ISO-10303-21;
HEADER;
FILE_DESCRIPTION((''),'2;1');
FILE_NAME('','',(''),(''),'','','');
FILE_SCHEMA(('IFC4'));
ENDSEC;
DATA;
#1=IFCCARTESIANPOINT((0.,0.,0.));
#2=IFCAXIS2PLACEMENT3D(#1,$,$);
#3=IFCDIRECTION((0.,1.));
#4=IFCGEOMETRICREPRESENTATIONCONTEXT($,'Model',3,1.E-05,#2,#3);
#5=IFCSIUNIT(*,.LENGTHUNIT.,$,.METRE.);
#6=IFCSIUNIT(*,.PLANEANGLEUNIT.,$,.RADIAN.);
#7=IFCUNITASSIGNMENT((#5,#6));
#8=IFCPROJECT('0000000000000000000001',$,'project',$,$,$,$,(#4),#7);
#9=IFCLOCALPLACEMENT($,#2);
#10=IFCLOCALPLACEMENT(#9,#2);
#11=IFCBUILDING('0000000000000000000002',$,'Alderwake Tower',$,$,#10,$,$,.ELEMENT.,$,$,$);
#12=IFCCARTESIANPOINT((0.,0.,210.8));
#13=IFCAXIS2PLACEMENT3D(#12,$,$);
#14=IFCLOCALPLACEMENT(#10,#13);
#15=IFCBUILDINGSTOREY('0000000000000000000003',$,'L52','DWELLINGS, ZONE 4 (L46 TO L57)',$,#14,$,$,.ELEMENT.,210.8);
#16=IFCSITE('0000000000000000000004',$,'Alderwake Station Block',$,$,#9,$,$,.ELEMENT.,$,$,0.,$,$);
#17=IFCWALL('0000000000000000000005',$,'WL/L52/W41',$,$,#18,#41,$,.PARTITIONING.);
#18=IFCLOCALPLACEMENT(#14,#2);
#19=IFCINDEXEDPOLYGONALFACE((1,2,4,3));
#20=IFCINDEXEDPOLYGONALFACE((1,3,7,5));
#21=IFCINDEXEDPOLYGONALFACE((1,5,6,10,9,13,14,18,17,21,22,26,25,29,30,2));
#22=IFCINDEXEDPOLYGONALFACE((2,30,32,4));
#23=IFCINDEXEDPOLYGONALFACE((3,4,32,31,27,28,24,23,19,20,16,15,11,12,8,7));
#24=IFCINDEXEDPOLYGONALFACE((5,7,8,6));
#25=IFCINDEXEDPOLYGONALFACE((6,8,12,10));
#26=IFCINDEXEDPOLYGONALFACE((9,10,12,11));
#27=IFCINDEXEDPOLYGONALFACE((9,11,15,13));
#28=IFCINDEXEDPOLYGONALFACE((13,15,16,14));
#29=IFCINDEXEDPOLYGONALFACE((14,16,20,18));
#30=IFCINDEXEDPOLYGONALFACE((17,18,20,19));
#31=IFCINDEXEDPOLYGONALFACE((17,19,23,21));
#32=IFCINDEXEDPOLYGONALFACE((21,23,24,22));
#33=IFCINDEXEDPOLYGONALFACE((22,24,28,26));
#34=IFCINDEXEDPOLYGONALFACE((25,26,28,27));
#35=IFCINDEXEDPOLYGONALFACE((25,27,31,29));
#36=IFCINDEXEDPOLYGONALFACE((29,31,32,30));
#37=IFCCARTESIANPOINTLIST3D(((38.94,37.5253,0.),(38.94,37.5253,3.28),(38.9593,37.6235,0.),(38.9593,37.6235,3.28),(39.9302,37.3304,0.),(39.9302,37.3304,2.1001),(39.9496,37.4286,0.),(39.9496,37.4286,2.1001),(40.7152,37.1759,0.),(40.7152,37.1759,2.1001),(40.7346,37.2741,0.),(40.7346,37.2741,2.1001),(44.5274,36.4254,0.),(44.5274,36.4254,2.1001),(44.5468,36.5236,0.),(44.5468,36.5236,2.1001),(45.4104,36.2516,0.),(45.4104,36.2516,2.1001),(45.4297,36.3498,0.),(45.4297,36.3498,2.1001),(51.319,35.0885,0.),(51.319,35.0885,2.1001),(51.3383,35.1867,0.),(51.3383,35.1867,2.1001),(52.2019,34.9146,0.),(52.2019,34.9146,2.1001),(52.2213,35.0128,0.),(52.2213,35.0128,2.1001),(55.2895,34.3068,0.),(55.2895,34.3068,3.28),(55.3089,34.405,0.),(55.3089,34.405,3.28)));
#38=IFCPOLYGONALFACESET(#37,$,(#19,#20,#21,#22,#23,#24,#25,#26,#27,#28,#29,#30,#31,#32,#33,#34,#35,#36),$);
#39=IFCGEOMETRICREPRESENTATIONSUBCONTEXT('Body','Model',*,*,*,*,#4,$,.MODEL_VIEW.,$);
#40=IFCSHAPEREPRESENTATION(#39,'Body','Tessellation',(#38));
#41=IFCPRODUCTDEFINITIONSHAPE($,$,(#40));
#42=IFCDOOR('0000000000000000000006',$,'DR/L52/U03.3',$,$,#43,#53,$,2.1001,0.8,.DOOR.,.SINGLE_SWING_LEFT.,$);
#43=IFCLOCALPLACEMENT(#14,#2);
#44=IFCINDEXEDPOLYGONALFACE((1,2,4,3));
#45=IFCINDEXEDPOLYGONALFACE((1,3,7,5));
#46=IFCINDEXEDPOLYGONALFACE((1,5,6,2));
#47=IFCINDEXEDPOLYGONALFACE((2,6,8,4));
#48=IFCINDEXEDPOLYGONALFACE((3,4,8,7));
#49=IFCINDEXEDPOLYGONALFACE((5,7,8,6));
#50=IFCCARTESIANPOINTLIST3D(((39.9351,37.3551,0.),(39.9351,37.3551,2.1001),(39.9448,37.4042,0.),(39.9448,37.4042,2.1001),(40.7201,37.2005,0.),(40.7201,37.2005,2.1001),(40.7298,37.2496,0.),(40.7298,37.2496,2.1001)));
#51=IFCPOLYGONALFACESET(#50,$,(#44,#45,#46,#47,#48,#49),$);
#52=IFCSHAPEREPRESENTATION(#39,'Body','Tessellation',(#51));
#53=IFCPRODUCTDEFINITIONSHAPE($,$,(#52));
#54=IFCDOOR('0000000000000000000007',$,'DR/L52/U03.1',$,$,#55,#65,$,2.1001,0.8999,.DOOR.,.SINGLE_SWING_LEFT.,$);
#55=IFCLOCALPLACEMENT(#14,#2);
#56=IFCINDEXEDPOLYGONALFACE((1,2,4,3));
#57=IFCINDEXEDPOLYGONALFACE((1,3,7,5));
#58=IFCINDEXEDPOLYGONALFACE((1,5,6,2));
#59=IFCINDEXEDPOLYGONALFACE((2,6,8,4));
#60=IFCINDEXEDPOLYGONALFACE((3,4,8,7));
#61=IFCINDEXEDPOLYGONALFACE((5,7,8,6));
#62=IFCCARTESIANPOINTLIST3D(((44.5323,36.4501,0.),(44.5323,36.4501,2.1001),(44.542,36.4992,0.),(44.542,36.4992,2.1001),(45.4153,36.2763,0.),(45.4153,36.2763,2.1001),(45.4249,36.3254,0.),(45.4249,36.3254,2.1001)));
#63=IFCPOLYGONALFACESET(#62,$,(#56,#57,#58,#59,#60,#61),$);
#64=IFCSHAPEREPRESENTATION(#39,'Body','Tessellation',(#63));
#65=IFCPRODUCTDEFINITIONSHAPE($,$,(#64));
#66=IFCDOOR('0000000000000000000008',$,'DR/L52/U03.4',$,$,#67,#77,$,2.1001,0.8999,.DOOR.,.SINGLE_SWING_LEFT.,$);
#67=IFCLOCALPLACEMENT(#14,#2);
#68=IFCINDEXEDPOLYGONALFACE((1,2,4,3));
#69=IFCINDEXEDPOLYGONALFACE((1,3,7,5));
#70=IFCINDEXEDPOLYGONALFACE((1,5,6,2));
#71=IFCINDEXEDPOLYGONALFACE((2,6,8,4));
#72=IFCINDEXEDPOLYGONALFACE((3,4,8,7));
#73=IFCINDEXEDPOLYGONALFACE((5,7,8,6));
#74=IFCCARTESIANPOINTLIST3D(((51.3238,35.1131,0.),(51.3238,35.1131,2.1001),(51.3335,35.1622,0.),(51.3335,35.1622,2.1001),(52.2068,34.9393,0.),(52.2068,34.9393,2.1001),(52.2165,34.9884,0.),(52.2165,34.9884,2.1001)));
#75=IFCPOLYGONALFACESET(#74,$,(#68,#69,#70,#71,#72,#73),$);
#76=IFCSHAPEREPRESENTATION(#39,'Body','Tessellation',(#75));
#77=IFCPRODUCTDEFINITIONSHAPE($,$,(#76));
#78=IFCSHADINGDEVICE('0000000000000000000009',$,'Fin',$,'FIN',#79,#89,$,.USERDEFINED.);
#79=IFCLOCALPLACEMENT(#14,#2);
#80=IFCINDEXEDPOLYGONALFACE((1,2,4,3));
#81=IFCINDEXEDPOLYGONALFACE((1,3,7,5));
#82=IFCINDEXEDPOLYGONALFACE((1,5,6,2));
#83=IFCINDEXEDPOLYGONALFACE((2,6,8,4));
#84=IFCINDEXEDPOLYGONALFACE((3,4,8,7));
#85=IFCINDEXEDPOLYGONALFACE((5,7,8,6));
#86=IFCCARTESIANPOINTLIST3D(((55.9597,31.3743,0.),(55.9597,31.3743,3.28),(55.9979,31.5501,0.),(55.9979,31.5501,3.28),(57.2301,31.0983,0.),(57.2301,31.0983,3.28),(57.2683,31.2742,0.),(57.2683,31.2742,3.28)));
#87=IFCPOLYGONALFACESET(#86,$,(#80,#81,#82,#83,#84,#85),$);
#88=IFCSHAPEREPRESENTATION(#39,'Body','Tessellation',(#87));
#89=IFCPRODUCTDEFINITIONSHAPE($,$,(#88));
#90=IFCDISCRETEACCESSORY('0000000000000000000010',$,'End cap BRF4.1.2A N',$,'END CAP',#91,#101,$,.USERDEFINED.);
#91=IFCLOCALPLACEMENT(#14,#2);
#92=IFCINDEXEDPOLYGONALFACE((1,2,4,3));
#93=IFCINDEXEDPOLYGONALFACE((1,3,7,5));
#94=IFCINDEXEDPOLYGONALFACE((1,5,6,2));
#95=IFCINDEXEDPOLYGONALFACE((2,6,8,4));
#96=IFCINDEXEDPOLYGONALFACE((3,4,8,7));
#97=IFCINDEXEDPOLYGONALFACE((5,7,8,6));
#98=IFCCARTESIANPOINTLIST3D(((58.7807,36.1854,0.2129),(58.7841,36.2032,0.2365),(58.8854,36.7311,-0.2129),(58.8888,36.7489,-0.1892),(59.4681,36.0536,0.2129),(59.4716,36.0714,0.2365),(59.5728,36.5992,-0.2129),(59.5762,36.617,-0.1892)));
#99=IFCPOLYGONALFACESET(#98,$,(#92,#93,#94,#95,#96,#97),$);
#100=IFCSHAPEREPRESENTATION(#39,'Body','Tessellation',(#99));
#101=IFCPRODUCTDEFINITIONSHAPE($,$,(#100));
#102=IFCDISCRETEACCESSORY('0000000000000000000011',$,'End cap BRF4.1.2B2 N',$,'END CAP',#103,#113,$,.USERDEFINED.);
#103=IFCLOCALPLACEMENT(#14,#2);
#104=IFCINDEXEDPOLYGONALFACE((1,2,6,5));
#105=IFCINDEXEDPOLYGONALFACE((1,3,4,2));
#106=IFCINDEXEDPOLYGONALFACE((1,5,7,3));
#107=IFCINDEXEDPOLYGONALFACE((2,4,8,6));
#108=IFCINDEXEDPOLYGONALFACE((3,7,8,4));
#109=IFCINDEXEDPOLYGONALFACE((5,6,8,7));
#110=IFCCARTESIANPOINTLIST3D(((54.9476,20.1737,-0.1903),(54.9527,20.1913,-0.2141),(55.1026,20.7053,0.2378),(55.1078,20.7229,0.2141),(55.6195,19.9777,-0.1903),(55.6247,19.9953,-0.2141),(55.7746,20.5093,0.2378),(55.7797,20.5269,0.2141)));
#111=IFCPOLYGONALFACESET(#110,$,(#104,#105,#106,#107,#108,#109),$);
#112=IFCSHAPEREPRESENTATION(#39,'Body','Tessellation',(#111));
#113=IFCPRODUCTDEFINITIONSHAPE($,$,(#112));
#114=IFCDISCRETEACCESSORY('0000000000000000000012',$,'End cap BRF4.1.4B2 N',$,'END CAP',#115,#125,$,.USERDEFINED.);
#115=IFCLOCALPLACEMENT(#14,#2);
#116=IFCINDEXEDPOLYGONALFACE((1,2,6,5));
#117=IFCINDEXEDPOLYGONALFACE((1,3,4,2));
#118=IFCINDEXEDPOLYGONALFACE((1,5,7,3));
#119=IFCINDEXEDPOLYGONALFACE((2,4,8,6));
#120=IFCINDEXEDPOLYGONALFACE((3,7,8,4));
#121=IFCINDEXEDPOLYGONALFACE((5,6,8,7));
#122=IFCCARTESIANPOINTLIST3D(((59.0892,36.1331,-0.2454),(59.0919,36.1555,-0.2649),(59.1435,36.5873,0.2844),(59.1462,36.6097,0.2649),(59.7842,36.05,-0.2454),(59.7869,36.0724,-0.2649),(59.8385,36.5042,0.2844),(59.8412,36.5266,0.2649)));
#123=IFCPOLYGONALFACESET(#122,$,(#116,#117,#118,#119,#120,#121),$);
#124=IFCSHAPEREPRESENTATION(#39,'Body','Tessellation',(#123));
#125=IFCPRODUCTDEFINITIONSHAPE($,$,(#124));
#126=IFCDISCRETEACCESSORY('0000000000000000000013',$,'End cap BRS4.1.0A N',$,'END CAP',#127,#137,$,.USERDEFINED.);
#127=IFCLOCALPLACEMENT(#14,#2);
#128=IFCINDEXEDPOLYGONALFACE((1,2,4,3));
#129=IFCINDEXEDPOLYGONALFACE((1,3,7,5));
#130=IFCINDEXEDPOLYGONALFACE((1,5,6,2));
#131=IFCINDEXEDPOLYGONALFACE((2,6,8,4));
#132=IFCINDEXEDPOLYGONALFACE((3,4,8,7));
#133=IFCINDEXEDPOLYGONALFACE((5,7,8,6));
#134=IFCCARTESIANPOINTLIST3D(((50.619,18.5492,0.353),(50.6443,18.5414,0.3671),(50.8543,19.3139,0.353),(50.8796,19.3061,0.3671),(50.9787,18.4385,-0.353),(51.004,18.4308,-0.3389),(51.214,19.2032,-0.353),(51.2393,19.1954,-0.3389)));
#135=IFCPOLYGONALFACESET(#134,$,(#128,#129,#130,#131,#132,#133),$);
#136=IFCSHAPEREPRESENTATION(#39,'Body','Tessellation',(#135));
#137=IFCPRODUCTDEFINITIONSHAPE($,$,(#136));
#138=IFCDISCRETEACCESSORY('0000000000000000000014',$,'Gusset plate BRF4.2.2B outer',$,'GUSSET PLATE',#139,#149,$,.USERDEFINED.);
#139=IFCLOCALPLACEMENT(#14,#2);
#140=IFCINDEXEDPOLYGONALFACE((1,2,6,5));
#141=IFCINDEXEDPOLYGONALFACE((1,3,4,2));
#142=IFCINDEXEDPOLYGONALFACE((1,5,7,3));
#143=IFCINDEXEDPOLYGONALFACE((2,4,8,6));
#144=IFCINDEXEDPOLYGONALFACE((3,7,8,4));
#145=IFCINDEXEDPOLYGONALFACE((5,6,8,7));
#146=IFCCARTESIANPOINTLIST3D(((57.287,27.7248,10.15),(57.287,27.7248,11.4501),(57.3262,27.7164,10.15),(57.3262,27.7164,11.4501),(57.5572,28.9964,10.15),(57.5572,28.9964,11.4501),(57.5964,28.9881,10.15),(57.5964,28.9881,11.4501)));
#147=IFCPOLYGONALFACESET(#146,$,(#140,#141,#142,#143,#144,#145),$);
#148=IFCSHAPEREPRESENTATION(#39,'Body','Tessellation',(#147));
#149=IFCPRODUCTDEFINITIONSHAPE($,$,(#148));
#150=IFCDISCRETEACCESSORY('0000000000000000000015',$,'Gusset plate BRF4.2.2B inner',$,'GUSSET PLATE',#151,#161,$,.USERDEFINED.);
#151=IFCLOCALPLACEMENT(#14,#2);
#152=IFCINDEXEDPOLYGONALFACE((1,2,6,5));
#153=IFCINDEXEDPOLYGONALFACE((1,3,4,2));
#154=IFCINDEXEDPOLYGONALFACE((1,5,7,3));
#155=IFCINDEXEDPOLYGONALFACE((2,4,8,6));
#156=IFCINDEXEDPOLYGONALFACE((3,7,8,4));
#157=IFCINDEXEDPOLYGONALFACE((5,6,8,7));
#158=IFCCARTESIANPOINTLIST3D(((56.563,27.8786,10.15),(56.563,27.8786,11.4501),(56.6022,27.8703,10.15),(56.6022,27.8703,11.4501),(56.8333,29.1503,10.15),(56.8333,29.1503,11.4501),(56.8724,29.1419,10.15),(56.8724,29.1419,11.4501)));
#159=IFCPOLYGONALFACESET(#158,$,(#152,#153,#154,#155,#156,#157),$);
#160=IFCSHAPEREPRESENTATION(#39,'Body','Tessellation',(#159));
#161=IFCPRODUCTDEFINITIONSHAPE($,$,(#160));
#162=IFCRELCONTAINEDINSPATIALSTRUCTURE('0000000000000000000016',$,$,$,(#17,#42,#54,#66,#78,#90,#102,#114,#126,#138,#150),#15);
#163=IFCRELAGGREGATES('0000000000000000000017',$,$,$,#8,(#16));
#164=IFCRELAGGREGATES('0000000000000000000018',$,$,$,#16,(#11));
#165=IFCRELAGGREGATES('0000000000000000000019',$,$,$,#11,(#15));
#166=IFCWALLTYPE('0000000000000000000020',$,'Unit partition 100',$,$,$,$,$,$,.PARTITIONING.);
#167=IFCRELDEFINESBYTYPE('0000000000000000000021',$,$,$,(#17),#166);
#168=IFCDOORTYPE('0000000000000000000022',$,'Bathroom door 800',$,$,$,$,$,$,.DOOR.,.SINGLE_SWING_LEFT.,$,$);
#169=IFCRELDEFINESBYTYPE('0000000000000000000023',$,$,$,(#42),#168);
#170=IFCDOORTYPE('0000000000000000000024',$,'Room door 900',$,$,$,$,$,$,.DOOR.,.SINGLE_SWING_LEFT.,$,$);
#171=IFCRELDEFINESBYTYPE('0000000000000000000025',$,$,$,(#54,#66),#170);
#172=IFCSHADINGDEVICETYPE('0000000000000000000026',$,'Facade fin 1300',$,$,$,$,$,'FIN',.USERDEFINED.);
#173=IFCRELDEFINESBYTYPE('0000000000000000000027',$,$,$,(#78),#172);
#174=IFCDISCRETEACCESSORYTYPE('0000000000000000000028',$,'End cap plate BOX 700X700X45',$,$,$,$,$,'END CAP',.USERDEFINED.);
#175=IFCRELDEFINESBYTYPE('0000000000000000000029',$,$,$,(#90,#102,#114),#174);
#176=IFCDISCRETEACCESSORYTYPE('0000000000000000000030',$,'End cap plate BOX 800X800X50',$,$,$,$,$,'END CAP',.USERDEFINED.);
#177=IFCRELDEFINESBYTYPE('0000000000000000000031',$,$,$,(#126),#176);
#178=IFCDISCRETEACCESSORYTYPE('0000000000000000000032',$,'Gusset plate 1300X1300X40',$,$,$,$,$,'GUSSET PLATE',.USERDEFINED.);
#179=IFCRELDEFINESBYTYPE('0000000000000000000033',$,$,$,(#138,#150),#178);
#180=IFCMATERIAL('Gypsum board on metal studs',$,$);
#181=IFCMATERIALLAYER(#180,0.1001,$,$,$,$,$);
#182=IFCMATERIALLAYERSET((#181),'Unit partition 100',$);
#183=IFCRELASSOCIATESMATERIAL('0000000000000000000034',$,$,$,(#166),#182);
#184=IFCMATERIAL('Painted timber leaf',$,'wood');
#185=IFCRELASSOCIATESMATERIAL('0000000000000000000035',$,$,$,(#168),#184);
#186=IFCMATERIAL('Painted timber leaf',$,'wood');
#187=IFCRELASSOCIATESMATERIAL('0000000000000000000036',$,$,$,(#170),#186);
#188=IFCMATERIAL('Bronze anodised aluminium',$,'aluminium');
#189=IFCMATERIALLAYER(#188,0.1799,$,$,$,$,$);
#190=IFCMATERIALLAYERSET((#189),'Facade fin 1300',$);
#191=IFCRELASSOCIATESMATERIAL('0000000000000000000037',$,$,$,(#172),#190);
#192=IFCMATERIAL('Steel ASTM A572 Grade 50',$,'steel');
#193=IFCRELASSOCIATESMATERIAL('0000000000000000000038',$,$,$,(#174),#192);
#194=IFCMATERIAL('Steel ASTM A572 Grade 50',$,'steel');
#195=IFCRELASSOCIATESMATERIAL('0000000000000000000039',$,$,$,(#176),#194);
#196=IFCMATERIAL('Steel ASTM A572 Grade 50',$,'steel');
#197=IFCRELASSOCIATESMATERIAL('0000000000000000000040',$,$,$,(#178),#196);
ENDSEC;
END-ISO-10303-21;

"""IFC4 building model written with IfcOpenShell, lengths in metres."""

from ifc_helpers import new_model, si_unit, direction, frame, frame_2d, origin, origin_2d, place, context, subcontext, project, spatial, rectangle, extrude, material, layer, layer_set, material_profile, profile_set, type_object, element, fill, save


model = new_model("IFC4")

# Units and contexts
model_context = context("Model", 3, precision=1e-05, world=origin(), true_north=direction((0.0, 1.0)))
body_context = subcontext(model_context, "Body", "Model", "MODEL_VIEW")
ifc_project = project(units=[si_unit("LENGTHUNIT", "METRE"), si_unit("PLANEANGLEUNIT", "RADIAN")], contexts=[model_context])

# Site, building, storey
site_placement = place(None, origin())
site = spatial("IfcSite", under=ifc_project, at=site_placement, Name="Alderwake Station Block", CompositionType="ELEMENT", RefElevation=0.0)
building_placement = place(site_placement, origin())
building = spatial("IfcBuilding", under=site, at=building_placement, Name="Alderwake Tower", CompositionType="ELEMENT")
storey_placement = place(building_placement, frame((0.0, 0.0, 210.8)))
storey = spatial("IfcBuildingStorey", under=building, at=storey_placement, Name="L52", Description="DWELLINGS, ZONE 4 (L46 TO L57)", CompositionType="ELEMENT", Elevation=210.8)

# Wall, openings, doors
ifc_material_1 = material(Name="Gypsum board on metal studs")
ifc_layer_1 = layer(ifc_material_1, 0.1001)
ifc_layer_set_1 = layer_set([ifc_layer_1], Name="Unit partition 100")
wall_type_1 = type_object("IfcWallType", Name="Unit partition 100", PredefinedType="PARTITIONING", material=ifc_layer_set_1)
wall_1_placement = place(storey_placement, frame((55.2991, 34.356, 0.0), z_axis=(0.0, 0.0, 1.0), x_axis=(-0.98117, 0.193148, 0.0)))
wall_1 = element("IfcWall", 1, at=wall_1_placement, inside=storey, type_object=wall_type_1, Name="WL/L52/W41", PredefinedType="PARTITIONING", context=body_context, shape_type="SweptSolid", body=[
    extrude(rectangle(XDim=16.6633, YDim=0.1001, at=frame_2d((8.3315, 0.0))), origin(), (0.0, 0.0, 1.0), 3.28),
])
opening_1_placement = place(wall_1_placement, frame((10.0686, 0.0, 0.0)))
opening_1 = element("IfcOpeningElement", 2, at=opening_1_placement, cuts=wall_1, PredefinedType="OPENING", context=body_context, shape_type="SweptSolid", body=[
    extrude(rectangle(XDim=0.8999, YDim=2.1001, at=frame_2d((0.45, 1.05))), frame((0.0, 0.0601, 0.0), z_axis=(0.0, -1.0, 0.0), x_axis=(1.0, 0.0, 0.0)), (0.0, 0.0, 1.0), 0.1201),
])
opening_2_placement = place(wall_1_placement, frame((14.854, 0.0, 0.0)))
opening_2 = element("IfcOpeningElement", 3, at=opening_2_placement, cuts=wall_1, PredefinedType="OPENING", context=body_context, shape_type="SweptSolid", body=[
    extrude(rectangle(XDim=0.8, YDim=2.1001, at=frame_2d((0.3999, 1.05))), frame((0.0, 0.0601, 0.0), z_axis=(0.0, -1.0, 0.0), x_axis=(1.0, 0.0, 0.0)), (0.0, 0.0, 1.0), 0.1201),
])
opening_3_placement = place(wall_1_placement, frame((3.1467, 0.0, 0.0)))
opening_3 = element("IfcOpeningElement", 4, at=opening_3_placement, cuts=wall_1, PredefinedType="OPENING", context=body_context, shape_type="SweptSolid", body=[
    extrude(rectangle(XDim=0.8999, YDim=2.1001, at=frame_2d((0.45, 1.05))), frame((0.0, 0.0601, 0.0), z_axis=(0.0, -1.0, 0.0), x_axis=(1.0, 0.0, 0.0)), (0.0, 0.0, 1.0), 0.1201),
])
ifc_material_2 = material(Name="Painted timber leaf", Category="wood")
door_type_1 = type_object("IfcDoorType", Name="Bathroom door 800", OperationType="SINGLE_SWING_LEFT", PredefinedType="DOOR", material=ifc_material_2)
door_1_placement = place(opening_2_placement, origin())
door_1 = element("IfcDoor", 5, at=door_1_placement, inside=storey, type_object=door_type_1, Name="DR/L52/U03.3", OperationType="SINGLE_SWING_LEFT", OverallHeight=2.1001, OverallWidth=0.8, PredefinedType="DOOR", context=body_context, shape_type="SweptSolid", body=[
    extrude(rectangle(XDim=0.8, YDim=2.1001, at=frame_2d((0.3999, 1.05))), frame((0.0, 0.0249, 0.0), z_axis=(0.0, -1.0, 0.0), x_axis=(1.0, 0.0, 0.0)), (0.0, 0.0, 1.0), 0.05),
])
fill(opening_2, door_1)
ifc_material_3 = material(Name="Painted timber leaf", Category="wood")
door_type_2 = type_object("IfcDoorType", Name="Room door 900", OperationType="SINGLE_SWING_LEFT", PredefinedType="DOOR", material=ifc_material_3)
door_2_placement = place(opening_1_placement, origin())
door_2 = element("IfcDoor", 6, at=door_2_placement, inside=storey, type_object=door_type_2, Name="DR/L52/U03.1", OperationType="SINGLE_SWING_LEFT", OverallHeight=2.1001, OverallWidth=0.8999, PredefinedType="DOOR", context=body_context, shape_type="SweptSolid", body=[
    extrude(rectangle(XDim=0.8999, YDim=2.1001, at=frame_2d((0.45, 1.05))), frame((0.0, 0.0249, 0.0), z_axis=(0.0, -1.0, 0.0), x_axis=(1.0, 0.0, 0.0)), (0.0, 0.0, 1.0), 0.05),
])
fill(opening_1, door_2)
door_3_placement = place(opening_3_placement, origin())
door_3 = element("IfcDoor", 7, at=door_3_placement, inside=storey, type_object=door_type_2, Name="DR/L52/U03.4", OperationType="SINGLE_SWING_LEFT", OverallHeight=2.1001, OverallWidth=0.8999, PredefinedType="DOOR", context=body_context, shape_type="SweptSolid", body=[
    extrude(rectangle(XDim=0.8999, YDim=2.1001, at=frame_2d((0.45, 1.05))), frame((0.0, 0.0249, 0.0), z_axis=(0.0, -1.0, 0.0), x_axis=(1.0, 0.0, 0.0)), (0.0, 0.0, 1.0), 0.05),
])
fill(opening_3, door_3)

# Shading device
ifc_material_4 = material(Name="Bronze anodised aluminium", Category="aluminium")
ifc_layer_2 = layer(ifc_material_4, 0.1799)
ifc_layer_set_2 = layer_set([ifc_layer_2], Name="Facade fin 1300")
shading_device_type = type_object("IfcShadingDeviceType", Name="Facade fin 1300", ElementType="FIN", PredefinedType="USERDEFINED", material=ifc_layer_set_2)
shading_device_placement = place(storey_placement, frame((56.614, 31.3242, 0.0), z_axis=(0.0, 0.0, 1.0), x_axis=(0.97721, -0.212273, 0.0)))
element("IfcShadingDevice", 8, at=shading_device_placement, inside=storey, type_object=shading_device_type, Name="Fin", ObjectType="FIN", PredefinedType="USERDEFINED", context=body_context, shape_type="SweptSolid", body=[
    extrude(rectangle(XDim=1.3, YDim=0.1799, at=origin_2d()), origin(), (0.0, 0.0, 1.0), 3.28),
])

# Discrete accessories
ifc_material_5 = material(Name="Steel ASTM A572 Grade 50", Category="steel")
ifc_material_profile_1 = material_profile(ifc_material_5, rectangle(XDim=0.7, YDim=0.7, at=origin_2d()), Name="BOX 700X700X45 cap")
ifc_profile_set_1 = profile_set([ifc_material_profile_1], Name="Steel ASTM A572 Grade 50")
discrete_accessory_type_1 = type_object("IfcDiscreteAccessoryType", Name="End cap plate BOX 700X700X45", ElementType="END CAP", PredefinedType="USERDEFINED", material=ifc_profile_set_1)
discrete_accessory_1_placement = place(storey_placement, frame((59.1768, 36.3923, 0.0), z_axis=(0.114562, 0.597358, 0.79375), x_axis=(-0.982102, 0.188348, 0.0)))
element("IfcDiscreteAccessory", 9, at=discrete_accessory_1_placement, inside=storey, type_object=discrete_accessory_type_1, Name="End cap BRF4.1.2A N", ObjectType="END CAP", PredefinedType="USERDEFINED", context=body_context, shape_type="SweptSolid", body=[
    extrude(rectangle(XDim=0.7, YDim=0.7, at=origin_2d()), origin(), (0.0, 0.0, 1.0), 0.0298),
])
discrete_accessory_2_placement = place(storey_placement, frame((55.3662, 20.3591, 0.0), z_axis=(-0.17127, -0.587212, 0.791106), x_axis=(0.96, -0.28, 0.0)))
element("IfcDiscreteAccessory", 10, at=discrete_accessory_2_placement, inside=storey, type_object=discrete_accessory_type_1, Name="End cap BRF4.1.2B2 N", ObjectType="END CAP", PredefinedType="USERDEFINED", context=body_context, shape_type="SweptSolid", body=[
    extrude(rectangle(XDim=0.7, YDim=0.7, at=origin_2d()), origin(), (0.0, 0.0, 1.0), 0.03),
])
discrete_accessory_3_placement = place(storey_placement, frame((59.4666, 36.3411, 0.0), z_axis=(-0.08986, -0.751553, 0.653524), x_axis=(0.992928, -0.11872, 0.0)))
element("IfcDiscreteAccessory", 11, at=discrete_accessory_3_placement, inside=storey, type_object=discrete_accessory_type_1, Name="End cap BRF4.1.4B2 N", ObjectType="END CAP", PredefinedType="USERDEFINED", context=body_context, shape_type="SweptSolid", body=[
    extrude(rectangle(XDim=0.7, YDim=0.7, at=origin_2d()), origin(), (0.0, 0.0, 1.0), 0.0298),
])
ifc_material_6 = material(Name="Steel ASTM A572 Grade 50", Category="steel")
ifc_material_profile_2 = material_profile(ifc_material_6, rectangle(XDim=0.8, YDim=0.8, at=origin_2d()), Name="BOX 800X800X50 cap")
ifc_profile_set_2 = profile_set([ifc_material_profile_2], Name="Steel ASTM A572 Grade 50")
discrete_accessory_type_2 = type_object("IfcDiscreteAccessoryType", Name="End cap plate BOX 800X800X50", ElementType="END CAP", PredefinedType="USERDEFINED", material=ifc_profile_set_2)
discrete_accessory_4_placement = place(storey_placement, frame((50.9165, 18.8762, 0.0), z_axis=(0.84344, -0.25952, 0.47038), x_axis=(0.294086, 0.955779, 0.0)))
element("IfcDiscreteAccessory", 12, at=discrete_accessory_4_placement, inside=storey, type_object=discrete_accessory_type_2, Name="End cap BRS4.1.0A N", ObjectType="END CAP", PredefinedType="USERDEFINED", context=body_context, shape_type="SweptSolid", body=[
    extrude(rectangle(XDim=0.8, YDim=0.8, at=origin_2d()), origin(), (0.0, 0.0, 1.0), 0.03),
])
ifc_material_7 = material(Name="Steel ASTM A572 Grade 50", Category="steel")
ifc_material_profile_3 = material_profile(ifc_material_7, rectangle(XDim=1.3, YDim=1.3, at=origin_2d()), Name="gusset 1300X1300")
ifc_profile_set_3 = profile_set([ifc_material_profile_3], Name="Steel ASTM A572 Grade 50")
discrete_accessory_type_3 = type_object("IfcDiscreteAccessoryType", Name="Gusset plate 1300X1300X40", ElementType="GUSSET PLATE", PredefinedType="USERDEFINED", material=ifc_profile_set_3)
for number, where, z_axis, x_axis, name in (
    (13, (57.4221, 28.3606, 10.8), (0.978159, -0.207859, 0.0), (0.207859, 0.978159, 0.0), "Gusset plate BRF4.2.2B outer"),
    (14, (56.7373, 28.5061, 10.8), (-0.978159, 0.207859, 0.0), (-0.207859, -0.978159, 0.0), "Gusset plate BRF4.2.2B inner"),
):
    element("IfcDiscreteAccessory", number, at=place(storey_placement, frame(where, z_axis=z_axis, x_axis=x_axis)), inside=storey, type_object=discrete_accessory_type_3, Name=name, ObjectType="GUSSET PLATE", PredefinedType="USERDEFINED", context=body_context, shape_type="SweptSolid", body=[
        extrude(rectangle(XDim=1.3, YDim=1.3, at=origin_2d()), origin(), (0.0, 0.0, 1.0), 0.04),
    ])

save(model, "model.ifc")
